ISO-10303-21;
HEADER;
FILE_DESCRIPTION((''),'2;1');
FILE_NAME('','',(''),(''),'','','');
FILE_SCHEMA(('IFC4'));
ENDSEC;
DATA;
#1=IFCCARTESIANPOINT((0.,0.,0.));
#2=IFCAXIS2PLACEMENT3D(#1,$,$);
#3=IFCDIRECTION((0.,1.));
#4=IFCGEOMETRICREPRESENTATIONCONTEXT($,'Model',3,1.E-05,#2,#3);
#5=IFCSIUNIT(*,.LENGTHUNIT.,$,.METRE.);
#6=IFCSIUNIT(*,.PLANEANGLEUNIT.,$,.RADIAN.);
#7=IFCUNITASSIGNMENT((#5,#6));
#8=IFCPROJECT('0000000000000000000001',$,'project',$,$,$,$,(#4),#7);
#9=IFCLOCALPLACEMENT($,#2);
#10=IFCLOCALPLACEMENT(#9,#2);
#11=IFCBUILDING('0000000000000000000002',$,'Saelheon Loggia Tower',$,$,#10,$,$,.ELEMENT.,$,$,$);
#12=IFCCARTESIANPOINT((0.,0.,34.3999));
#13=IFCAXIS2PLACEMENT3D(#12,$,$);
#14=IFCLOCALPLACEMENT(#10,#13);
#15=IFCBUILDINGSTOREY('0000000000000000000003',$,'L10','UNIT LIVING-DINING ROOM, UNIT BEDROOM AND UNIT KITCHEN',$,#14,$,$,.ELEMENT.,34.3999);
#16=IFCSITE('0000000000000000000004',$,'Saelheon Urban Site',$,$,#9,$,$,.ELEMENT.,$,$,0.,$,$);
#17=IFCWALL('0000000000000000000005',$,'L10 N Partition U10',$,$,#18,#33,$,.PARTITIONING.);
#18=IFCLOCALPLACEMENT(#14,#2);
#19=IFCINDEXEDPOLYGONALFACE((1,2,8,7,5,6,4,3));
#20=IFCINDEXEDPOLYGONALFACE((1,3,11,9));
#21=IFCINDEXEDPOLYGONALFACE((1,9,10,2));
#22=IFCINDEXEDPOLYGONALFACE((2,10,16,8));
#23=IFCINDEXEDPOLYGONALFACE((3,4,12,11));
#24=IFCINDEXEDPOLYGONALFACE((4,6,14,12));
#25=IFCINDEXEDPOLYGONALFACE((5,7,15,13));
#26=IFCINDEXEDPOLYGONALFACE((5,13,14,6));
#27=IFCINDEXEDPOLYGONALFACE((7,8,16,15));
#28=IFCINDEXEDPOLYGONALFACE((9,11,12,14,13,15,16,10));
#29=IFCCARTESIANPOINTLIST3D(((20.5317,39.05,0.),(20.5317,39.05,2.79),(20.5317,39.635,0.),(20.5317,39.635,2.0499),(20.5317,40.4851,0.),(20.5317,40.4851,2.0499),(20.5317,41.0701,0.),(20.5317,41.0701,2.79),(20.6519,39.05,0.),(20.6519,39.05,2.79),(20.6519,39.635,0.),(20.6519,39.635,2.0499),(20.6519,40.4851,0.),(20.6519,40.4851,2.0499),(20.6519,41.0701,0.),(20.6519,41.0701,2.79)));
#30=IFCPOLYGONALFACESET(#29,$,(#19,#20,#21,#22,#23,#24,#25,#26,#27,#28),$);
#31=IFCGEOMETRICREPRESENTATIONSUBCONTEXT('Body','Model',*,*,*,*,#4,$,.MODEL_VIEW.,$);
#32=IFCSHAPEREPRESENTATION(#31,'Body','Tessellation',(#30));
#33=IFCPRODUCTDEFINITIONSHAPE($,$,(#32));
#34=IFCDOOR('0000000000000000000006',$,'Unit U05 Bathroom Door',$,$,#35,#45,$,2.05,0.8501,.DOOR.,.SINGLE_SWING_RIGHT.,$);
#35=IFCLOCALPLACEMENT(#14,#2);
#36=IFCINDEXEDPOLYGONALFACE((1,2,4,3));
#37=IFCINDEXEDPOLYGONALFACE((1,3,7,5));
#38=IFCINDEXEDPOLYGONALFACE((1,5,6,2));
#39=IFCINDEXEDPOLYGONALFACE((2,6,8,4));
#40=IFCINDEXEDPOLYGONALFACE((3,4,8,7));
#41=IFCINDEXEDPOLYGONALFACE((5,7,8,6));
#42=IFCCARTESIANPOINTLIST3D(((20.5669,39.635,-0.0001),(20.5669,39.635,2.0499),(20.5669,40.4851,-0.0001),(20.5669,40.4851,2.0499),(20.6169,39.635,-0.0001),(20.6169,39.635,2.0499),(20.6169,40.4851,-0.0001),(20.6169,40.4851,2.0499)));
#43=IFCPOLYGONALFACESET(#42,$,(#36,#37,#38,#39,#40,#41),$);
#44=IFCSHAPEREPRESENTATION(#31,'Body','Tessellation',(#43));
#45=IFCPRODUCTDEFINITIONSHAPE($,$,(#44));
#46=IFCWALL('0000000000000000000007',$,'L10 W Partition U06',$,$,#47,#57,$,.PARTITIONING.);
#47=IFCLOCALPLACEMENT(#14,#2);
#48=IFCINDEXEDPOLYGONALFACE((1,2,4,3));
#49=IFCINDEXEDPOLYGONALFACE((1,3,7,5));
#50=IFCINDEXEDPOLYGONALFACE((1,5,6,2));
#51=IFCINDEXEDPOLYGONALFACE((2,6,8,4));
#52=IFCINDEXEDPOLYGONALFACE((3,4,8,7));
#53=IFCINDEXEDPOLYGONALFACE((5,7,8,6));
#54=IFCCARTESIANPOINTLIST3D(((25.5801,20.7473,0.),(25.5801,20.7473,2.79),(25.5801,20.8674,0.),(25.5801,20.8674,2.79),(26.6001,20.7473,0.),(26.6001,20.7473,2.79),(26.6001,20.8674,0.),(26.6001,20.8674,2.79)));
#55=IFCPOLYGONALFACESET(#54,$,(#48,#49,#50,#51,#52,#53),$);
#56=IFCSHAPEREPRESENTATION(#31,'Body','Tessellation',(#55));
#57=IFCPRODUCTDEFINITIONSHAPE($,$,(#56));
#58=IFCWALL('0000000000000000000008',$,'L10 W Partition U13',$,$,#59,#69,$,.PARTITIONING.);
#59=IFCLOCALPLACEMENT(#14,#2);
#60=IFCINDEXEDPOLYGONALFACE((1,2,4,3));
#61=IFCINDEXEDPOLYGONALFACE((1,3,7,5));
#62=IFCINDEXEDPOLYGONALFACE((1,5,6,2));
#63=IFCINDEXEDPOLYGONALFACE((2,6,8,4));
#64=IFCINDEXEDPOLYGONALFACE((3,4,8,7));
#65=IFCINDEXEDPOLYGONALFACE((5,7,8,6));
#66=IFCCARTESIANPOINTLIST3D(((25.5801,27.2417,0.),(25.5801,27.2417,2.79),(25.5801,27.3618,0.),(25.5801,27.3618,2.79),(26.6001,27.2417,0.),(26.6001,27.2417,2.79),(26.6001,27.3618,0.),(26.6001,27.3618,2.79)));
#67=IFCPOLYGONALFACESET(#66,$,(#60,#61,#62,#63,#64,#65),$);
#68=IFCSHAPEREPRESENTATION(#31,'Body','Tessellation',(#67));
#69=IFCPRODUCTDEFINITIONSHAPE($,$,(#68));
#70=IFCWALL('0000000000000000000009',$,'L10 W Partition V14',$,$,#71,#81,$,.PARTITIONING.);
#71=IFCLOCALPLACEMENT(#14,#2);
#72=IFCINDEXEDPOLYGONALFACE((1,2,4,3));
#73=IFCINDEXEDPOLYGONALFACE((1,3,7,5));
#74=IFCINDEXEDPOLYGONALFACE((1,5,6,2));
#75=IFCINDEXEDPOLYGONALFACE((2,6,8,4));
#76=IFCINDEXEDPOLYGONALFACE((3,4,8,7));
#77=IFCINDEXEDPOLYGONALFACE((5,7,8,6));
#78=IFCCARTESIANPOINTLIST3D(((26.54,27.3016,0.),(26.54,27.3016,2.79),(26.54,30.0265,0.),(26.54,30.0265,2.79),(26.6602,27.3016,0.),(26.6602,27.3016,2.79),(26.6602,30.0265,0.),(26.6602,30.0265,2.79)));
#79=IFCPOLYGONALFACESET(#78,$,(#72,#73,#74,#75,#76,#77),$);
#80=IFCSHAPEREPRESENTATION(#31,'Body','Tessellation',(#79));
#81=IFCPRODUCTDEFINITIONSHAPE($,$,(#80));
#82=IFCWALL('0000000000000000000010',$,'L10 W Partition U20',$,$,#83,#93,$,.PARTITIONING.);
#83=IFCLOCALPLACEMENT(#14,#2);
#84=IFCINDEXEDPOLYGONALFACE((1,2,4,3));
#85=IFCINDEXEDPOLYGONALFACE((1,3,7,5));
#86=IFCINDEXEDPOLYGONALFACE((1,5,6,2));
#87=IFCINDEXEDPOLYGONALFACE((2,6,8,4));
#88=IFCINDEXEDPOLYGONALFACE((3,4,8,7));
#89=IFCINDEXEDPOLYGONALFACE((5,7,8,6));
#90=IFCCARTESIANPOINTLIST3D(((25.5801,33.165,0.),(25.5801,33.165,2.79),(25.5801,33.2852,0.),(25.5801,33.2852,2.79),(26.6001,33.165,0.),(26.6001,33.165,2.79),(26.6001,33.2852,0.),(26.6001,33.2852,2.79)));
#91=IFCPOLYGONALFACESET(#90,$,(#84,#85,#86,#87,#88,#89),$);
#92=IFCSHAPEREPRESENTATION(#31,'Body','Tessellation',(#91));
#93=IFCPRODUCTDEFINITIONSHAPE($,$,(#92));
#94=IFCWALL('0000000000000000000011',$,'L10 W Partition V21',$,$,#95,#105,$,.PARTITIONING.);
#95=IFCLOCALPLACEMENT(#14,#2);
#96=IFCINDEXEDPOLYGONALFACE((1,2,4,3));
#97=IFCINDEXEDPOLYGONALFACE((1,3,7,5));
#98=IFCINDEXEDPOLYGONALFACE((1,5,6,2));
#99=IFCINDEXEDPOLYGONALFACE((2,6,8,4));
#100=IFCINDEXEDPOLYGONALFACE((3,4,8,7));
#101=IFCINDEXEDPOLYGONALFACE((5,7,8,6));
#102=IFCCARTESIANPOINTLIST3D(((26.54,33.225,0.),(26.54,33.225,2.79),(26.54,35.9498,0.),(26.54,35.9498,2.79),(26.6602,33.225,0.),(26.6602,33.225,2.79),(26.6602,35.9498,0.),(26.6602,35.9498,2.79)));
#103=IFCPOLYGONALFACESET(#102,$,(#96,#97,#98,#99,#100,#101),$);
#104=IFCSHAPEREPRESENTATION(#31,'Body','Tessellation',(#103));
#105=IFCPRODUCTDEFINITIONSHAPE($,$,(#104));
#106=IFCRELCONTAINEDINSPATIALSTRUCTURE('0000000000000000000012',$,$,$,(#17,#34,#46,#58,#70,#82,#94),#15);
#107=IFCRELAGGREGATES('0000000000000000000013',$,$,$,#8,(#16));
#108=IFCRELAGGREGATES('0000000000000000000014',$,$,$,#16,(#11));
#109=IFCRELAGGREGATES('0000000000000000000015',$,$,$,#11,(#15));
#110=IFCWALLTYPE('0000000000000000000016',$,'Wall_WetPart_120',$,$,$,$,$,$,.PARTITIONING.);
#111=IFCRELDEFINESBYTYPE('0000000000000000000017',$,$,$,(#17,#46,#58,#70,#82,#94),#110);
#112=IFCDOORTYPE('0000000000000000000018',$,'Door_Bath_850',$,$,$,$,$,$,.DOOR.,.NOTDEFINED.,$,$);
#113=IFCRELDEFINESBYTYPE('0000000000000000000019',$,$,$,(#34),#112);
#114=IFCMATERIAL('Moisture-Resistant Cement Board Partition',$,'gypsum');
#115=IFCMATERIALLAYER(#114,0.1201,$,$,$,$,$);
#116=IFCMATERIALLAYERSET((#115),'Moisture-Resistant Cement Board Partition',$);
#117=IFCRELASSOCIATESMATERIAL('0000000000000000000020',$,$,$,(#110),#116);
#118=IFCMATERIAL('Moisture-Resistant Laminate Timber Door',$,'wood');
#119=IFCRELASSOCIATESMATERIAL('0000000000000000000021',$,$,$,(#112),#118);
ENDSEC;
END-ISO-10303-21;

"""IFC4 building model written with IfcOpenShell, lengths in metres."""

from ifc_helpers import new_model, si_unit, direction, frame, frame_2d, origin, place, context, subcontext, project, spatial, rectangle, extrude, source, transform, mapped, material, layer, layer_set, type_object, element, fill, save


model = new_model("IFC4")

# Units and contexts
model_context = context("Model", 3, precision=1e-05, world=origin(), true_north=direction((0.0, 1.0)))
body_context = subcontext(model_context, "Body", "Model", "MODEL_VIEW")
ifc_project = project(units=[si_unit("LENGTHUNIT", "METRE"), si_unit("PLANEANGLEUNIT", "RADIAN")], contexts=[model_context])

# Site, building, storey
site_placement = place(None, origin())
site = spatial("IfcSite", under=ifc_project, at=site_placement, Name="Saelheon Urban Site", CompositionType="ELEMENT", RefElevation=0.0)
building_placement = place(site_placement, origin())
building = spatial("IfcBuilding", under=site, at=building_placement, Name="Saelheon Loggia Tower", CompositionType="ELEMENT")
storey_placement = place(building_placement, frame((0.0, 0.0, 34.3999)))
storey = spatial("IfcBuildingStorey", under=building, at=storey_placement, Name="L10", Description="UNIT LIVING-DINING ROOM, UNIT BEDROOM AND UNIT KITCHEN", CompositionType="ELEMENT", Elevation=34.3999)

# Wall, opening, door
ifc_material_1 = material(Name="Moisture-Resistant Cement Board Partition", Category="gypsum")
ifc_layer_1 = layer(ifc_material_1, 0.1201)
ifc_layer_set_1 = layer_set([ifc_layer_1], Name="Moisture-Resistant Cement Board Partition")
wall_type_1 = type_object("IfcWallType", Name="Wall_WetPart_120", PredefinedType="PARTITIONING", material=ifc_layer_set_1)
wall_1_placement = place(storey_placement, frame((20.5918, 39.05, 0.0), z_axis=(0.0, 0.0, 1.0), x_axis=(0.0, 1.0, 0.0)))
wall_1 = element("IfcWall", 1, at=wall_1_placement, inside=storey, type_object=wall_type_1, Name="L10 N Partition U10", PredefinedType="PARTITIONING", context=body_context, shape_type="SweptSolid", body=[
    extrude(rectangle(XDim=2.02, YDim=0.1201, at=frame_2d((1.01, 0.0))), origin(), (0.0, 0.0, 1.0), 2.79),
])
opening_1_placement = place(wall_1_placement, frame((0.585, 0.0, 0.0)))
opening_1 = element("IfcOpeningElement", 2, at=opening_1_placement, cuts=wall_1, PredefinedType="OPENING", context=body_context, shape_type="SweptSolid", body=[
    extrude(rectangle(XDim=0.8501, YDim=2.05, at=frame_2d((0.425, 1.0249))), frame((0.0, 0.072, 0.0), z_axis=(0.0, -1.0, 0.0), x_axis=(1.0, 0.0, 0.0)), (0.0, 0.0, 1.0), 0.144),
])
ifc_material_2 = material(Name="Moisture-Resistant Laminate Timber Door", Category="wood")
door_type_1 = type_object("IfcDoorType", Name="Door_Bath_850", OperationType="NOTDEFINED", PredefinedType="DOOR", material=ifc_material_2)
shared_shape_1 = source(origin(), body_context, "Body", "SweptSolid", [
    extrude(rectangle(XDim=0.8501, YDim=2.05, at=frame_2d((0.425, 1.0249))), frame((0.0, 0.0249, 0.0), z_axis=(0.0, -1.0, 0.0), x_axis=(1.0, 0.0, 0.0)), (0.0, 0.0, 1.0), 0.05),
])
door_1_placement = place(opening_1_placement, origin())
door_1 = element("IfcDoor", 3, at=door_1_placement, inside=storey, type_object=door_type_1, Name="Unit U05 Bathroom Door", OperationType="SINGLE_SWING_RIGHT", OverallHeight=2.05, OverallWidth=0.8501, PredefinedType="DOOR", context=body_context, shape_type="MappedRepresentation", body=[
    mapped(shared_shape_1, transform((0.0, 0.0, 0.0), scale=1.0)),
])
fill(opening_1, door_1)

# Walls
for number, where, z_axis, x_axis, name in (
    (4, (26.6001, 20.8074, 0.0), (0.0, 0.0, 1.0), (-1.0, 0.0, 0.0), "L10 W Partition U06"),
    (5, (26.6001, 27.3018, 0.0), (0.0, 0.0, 1.0), (-1.0, 0.0, 0.0), "L10 W Partition U13"),
):
    element("IfcWall", number, at=place(storey_placement, frame(where, z_axis=z_axis, x_axis=x_axis)), inside=storey, type_object=wall_type_1, Name=name, PredefinedType="PARTITIONING", context=body_context, shape_type="SweptSolid", body=[
        extrude(rectangle(XDim=1.02, YDim=0.1201, at=frame_2d((0.51, 0.0))), origin(), (0.0, 0.0, 1.0), 2.79),
    ])
wall_2_placement = place(storey_placement, frame((26.6001, 27.3018, 0.0), z_axis=(0.0, 0.0, 1.0), x_axis=(0.0, 1.0, 0.0)))
element("IfcWall", 6, at=wall_2_placement, inside=storey, type_object=wall_type_1, Name="L10 W Partition V14", PredefinedType="PARTITIONING", context=body_context, shape_type="SweptSolid", body=[
    extrude(rectangle(XDim=2.7249, YDim=0.1201, at=frame_2d((1.3623, 0.0))), origin(), (0.0, 0.0, 1.0), 2.79),
])
wall_3_placement = place(storey_placement, frame((26.6001, 33.2251, 0.0), z_axis=(0.0, 0.0, 1.0), x_axis=(-1.0, 0.0, 0.0)))
element("IfcWall", 7, at=wall_3_placement, inside=storey, type_object=wall_type_1, Name="L10 W Partition U20", PredefinedType="PARTITIONING", context=body_context, shape_type="SweptSolid", body=[
    extrude(rectangle(XDim=1.02, YDim=0.1201, at=frame_2d((0.51, 0.0))), origin(), (0.0, 0.0, 1.0), 2.79),
])
wall_4_placement = place(storey_placement, frame((26.6001, 33.2251, 0.0), z_axis=(0.0, 0.0, 1.0), x_axis=(0.0, 1.0, 0.0)))
element("IfcWall", 8, at=wall_4_placement, inside=storey, type_object=wall_type_1, Name="L10 W Partition V21", PredefinedType="PARTITIONING", context=body_context, shape_type="SweptSolid", body=[
    extrude(rectangle(XDim=2.7249, YDim=0.1201, at=frame_2d((1.3623, 0.0))), origin(), (0.0, 0.0, 1.0), 2.79),
])

save(model, "model.ifc")
